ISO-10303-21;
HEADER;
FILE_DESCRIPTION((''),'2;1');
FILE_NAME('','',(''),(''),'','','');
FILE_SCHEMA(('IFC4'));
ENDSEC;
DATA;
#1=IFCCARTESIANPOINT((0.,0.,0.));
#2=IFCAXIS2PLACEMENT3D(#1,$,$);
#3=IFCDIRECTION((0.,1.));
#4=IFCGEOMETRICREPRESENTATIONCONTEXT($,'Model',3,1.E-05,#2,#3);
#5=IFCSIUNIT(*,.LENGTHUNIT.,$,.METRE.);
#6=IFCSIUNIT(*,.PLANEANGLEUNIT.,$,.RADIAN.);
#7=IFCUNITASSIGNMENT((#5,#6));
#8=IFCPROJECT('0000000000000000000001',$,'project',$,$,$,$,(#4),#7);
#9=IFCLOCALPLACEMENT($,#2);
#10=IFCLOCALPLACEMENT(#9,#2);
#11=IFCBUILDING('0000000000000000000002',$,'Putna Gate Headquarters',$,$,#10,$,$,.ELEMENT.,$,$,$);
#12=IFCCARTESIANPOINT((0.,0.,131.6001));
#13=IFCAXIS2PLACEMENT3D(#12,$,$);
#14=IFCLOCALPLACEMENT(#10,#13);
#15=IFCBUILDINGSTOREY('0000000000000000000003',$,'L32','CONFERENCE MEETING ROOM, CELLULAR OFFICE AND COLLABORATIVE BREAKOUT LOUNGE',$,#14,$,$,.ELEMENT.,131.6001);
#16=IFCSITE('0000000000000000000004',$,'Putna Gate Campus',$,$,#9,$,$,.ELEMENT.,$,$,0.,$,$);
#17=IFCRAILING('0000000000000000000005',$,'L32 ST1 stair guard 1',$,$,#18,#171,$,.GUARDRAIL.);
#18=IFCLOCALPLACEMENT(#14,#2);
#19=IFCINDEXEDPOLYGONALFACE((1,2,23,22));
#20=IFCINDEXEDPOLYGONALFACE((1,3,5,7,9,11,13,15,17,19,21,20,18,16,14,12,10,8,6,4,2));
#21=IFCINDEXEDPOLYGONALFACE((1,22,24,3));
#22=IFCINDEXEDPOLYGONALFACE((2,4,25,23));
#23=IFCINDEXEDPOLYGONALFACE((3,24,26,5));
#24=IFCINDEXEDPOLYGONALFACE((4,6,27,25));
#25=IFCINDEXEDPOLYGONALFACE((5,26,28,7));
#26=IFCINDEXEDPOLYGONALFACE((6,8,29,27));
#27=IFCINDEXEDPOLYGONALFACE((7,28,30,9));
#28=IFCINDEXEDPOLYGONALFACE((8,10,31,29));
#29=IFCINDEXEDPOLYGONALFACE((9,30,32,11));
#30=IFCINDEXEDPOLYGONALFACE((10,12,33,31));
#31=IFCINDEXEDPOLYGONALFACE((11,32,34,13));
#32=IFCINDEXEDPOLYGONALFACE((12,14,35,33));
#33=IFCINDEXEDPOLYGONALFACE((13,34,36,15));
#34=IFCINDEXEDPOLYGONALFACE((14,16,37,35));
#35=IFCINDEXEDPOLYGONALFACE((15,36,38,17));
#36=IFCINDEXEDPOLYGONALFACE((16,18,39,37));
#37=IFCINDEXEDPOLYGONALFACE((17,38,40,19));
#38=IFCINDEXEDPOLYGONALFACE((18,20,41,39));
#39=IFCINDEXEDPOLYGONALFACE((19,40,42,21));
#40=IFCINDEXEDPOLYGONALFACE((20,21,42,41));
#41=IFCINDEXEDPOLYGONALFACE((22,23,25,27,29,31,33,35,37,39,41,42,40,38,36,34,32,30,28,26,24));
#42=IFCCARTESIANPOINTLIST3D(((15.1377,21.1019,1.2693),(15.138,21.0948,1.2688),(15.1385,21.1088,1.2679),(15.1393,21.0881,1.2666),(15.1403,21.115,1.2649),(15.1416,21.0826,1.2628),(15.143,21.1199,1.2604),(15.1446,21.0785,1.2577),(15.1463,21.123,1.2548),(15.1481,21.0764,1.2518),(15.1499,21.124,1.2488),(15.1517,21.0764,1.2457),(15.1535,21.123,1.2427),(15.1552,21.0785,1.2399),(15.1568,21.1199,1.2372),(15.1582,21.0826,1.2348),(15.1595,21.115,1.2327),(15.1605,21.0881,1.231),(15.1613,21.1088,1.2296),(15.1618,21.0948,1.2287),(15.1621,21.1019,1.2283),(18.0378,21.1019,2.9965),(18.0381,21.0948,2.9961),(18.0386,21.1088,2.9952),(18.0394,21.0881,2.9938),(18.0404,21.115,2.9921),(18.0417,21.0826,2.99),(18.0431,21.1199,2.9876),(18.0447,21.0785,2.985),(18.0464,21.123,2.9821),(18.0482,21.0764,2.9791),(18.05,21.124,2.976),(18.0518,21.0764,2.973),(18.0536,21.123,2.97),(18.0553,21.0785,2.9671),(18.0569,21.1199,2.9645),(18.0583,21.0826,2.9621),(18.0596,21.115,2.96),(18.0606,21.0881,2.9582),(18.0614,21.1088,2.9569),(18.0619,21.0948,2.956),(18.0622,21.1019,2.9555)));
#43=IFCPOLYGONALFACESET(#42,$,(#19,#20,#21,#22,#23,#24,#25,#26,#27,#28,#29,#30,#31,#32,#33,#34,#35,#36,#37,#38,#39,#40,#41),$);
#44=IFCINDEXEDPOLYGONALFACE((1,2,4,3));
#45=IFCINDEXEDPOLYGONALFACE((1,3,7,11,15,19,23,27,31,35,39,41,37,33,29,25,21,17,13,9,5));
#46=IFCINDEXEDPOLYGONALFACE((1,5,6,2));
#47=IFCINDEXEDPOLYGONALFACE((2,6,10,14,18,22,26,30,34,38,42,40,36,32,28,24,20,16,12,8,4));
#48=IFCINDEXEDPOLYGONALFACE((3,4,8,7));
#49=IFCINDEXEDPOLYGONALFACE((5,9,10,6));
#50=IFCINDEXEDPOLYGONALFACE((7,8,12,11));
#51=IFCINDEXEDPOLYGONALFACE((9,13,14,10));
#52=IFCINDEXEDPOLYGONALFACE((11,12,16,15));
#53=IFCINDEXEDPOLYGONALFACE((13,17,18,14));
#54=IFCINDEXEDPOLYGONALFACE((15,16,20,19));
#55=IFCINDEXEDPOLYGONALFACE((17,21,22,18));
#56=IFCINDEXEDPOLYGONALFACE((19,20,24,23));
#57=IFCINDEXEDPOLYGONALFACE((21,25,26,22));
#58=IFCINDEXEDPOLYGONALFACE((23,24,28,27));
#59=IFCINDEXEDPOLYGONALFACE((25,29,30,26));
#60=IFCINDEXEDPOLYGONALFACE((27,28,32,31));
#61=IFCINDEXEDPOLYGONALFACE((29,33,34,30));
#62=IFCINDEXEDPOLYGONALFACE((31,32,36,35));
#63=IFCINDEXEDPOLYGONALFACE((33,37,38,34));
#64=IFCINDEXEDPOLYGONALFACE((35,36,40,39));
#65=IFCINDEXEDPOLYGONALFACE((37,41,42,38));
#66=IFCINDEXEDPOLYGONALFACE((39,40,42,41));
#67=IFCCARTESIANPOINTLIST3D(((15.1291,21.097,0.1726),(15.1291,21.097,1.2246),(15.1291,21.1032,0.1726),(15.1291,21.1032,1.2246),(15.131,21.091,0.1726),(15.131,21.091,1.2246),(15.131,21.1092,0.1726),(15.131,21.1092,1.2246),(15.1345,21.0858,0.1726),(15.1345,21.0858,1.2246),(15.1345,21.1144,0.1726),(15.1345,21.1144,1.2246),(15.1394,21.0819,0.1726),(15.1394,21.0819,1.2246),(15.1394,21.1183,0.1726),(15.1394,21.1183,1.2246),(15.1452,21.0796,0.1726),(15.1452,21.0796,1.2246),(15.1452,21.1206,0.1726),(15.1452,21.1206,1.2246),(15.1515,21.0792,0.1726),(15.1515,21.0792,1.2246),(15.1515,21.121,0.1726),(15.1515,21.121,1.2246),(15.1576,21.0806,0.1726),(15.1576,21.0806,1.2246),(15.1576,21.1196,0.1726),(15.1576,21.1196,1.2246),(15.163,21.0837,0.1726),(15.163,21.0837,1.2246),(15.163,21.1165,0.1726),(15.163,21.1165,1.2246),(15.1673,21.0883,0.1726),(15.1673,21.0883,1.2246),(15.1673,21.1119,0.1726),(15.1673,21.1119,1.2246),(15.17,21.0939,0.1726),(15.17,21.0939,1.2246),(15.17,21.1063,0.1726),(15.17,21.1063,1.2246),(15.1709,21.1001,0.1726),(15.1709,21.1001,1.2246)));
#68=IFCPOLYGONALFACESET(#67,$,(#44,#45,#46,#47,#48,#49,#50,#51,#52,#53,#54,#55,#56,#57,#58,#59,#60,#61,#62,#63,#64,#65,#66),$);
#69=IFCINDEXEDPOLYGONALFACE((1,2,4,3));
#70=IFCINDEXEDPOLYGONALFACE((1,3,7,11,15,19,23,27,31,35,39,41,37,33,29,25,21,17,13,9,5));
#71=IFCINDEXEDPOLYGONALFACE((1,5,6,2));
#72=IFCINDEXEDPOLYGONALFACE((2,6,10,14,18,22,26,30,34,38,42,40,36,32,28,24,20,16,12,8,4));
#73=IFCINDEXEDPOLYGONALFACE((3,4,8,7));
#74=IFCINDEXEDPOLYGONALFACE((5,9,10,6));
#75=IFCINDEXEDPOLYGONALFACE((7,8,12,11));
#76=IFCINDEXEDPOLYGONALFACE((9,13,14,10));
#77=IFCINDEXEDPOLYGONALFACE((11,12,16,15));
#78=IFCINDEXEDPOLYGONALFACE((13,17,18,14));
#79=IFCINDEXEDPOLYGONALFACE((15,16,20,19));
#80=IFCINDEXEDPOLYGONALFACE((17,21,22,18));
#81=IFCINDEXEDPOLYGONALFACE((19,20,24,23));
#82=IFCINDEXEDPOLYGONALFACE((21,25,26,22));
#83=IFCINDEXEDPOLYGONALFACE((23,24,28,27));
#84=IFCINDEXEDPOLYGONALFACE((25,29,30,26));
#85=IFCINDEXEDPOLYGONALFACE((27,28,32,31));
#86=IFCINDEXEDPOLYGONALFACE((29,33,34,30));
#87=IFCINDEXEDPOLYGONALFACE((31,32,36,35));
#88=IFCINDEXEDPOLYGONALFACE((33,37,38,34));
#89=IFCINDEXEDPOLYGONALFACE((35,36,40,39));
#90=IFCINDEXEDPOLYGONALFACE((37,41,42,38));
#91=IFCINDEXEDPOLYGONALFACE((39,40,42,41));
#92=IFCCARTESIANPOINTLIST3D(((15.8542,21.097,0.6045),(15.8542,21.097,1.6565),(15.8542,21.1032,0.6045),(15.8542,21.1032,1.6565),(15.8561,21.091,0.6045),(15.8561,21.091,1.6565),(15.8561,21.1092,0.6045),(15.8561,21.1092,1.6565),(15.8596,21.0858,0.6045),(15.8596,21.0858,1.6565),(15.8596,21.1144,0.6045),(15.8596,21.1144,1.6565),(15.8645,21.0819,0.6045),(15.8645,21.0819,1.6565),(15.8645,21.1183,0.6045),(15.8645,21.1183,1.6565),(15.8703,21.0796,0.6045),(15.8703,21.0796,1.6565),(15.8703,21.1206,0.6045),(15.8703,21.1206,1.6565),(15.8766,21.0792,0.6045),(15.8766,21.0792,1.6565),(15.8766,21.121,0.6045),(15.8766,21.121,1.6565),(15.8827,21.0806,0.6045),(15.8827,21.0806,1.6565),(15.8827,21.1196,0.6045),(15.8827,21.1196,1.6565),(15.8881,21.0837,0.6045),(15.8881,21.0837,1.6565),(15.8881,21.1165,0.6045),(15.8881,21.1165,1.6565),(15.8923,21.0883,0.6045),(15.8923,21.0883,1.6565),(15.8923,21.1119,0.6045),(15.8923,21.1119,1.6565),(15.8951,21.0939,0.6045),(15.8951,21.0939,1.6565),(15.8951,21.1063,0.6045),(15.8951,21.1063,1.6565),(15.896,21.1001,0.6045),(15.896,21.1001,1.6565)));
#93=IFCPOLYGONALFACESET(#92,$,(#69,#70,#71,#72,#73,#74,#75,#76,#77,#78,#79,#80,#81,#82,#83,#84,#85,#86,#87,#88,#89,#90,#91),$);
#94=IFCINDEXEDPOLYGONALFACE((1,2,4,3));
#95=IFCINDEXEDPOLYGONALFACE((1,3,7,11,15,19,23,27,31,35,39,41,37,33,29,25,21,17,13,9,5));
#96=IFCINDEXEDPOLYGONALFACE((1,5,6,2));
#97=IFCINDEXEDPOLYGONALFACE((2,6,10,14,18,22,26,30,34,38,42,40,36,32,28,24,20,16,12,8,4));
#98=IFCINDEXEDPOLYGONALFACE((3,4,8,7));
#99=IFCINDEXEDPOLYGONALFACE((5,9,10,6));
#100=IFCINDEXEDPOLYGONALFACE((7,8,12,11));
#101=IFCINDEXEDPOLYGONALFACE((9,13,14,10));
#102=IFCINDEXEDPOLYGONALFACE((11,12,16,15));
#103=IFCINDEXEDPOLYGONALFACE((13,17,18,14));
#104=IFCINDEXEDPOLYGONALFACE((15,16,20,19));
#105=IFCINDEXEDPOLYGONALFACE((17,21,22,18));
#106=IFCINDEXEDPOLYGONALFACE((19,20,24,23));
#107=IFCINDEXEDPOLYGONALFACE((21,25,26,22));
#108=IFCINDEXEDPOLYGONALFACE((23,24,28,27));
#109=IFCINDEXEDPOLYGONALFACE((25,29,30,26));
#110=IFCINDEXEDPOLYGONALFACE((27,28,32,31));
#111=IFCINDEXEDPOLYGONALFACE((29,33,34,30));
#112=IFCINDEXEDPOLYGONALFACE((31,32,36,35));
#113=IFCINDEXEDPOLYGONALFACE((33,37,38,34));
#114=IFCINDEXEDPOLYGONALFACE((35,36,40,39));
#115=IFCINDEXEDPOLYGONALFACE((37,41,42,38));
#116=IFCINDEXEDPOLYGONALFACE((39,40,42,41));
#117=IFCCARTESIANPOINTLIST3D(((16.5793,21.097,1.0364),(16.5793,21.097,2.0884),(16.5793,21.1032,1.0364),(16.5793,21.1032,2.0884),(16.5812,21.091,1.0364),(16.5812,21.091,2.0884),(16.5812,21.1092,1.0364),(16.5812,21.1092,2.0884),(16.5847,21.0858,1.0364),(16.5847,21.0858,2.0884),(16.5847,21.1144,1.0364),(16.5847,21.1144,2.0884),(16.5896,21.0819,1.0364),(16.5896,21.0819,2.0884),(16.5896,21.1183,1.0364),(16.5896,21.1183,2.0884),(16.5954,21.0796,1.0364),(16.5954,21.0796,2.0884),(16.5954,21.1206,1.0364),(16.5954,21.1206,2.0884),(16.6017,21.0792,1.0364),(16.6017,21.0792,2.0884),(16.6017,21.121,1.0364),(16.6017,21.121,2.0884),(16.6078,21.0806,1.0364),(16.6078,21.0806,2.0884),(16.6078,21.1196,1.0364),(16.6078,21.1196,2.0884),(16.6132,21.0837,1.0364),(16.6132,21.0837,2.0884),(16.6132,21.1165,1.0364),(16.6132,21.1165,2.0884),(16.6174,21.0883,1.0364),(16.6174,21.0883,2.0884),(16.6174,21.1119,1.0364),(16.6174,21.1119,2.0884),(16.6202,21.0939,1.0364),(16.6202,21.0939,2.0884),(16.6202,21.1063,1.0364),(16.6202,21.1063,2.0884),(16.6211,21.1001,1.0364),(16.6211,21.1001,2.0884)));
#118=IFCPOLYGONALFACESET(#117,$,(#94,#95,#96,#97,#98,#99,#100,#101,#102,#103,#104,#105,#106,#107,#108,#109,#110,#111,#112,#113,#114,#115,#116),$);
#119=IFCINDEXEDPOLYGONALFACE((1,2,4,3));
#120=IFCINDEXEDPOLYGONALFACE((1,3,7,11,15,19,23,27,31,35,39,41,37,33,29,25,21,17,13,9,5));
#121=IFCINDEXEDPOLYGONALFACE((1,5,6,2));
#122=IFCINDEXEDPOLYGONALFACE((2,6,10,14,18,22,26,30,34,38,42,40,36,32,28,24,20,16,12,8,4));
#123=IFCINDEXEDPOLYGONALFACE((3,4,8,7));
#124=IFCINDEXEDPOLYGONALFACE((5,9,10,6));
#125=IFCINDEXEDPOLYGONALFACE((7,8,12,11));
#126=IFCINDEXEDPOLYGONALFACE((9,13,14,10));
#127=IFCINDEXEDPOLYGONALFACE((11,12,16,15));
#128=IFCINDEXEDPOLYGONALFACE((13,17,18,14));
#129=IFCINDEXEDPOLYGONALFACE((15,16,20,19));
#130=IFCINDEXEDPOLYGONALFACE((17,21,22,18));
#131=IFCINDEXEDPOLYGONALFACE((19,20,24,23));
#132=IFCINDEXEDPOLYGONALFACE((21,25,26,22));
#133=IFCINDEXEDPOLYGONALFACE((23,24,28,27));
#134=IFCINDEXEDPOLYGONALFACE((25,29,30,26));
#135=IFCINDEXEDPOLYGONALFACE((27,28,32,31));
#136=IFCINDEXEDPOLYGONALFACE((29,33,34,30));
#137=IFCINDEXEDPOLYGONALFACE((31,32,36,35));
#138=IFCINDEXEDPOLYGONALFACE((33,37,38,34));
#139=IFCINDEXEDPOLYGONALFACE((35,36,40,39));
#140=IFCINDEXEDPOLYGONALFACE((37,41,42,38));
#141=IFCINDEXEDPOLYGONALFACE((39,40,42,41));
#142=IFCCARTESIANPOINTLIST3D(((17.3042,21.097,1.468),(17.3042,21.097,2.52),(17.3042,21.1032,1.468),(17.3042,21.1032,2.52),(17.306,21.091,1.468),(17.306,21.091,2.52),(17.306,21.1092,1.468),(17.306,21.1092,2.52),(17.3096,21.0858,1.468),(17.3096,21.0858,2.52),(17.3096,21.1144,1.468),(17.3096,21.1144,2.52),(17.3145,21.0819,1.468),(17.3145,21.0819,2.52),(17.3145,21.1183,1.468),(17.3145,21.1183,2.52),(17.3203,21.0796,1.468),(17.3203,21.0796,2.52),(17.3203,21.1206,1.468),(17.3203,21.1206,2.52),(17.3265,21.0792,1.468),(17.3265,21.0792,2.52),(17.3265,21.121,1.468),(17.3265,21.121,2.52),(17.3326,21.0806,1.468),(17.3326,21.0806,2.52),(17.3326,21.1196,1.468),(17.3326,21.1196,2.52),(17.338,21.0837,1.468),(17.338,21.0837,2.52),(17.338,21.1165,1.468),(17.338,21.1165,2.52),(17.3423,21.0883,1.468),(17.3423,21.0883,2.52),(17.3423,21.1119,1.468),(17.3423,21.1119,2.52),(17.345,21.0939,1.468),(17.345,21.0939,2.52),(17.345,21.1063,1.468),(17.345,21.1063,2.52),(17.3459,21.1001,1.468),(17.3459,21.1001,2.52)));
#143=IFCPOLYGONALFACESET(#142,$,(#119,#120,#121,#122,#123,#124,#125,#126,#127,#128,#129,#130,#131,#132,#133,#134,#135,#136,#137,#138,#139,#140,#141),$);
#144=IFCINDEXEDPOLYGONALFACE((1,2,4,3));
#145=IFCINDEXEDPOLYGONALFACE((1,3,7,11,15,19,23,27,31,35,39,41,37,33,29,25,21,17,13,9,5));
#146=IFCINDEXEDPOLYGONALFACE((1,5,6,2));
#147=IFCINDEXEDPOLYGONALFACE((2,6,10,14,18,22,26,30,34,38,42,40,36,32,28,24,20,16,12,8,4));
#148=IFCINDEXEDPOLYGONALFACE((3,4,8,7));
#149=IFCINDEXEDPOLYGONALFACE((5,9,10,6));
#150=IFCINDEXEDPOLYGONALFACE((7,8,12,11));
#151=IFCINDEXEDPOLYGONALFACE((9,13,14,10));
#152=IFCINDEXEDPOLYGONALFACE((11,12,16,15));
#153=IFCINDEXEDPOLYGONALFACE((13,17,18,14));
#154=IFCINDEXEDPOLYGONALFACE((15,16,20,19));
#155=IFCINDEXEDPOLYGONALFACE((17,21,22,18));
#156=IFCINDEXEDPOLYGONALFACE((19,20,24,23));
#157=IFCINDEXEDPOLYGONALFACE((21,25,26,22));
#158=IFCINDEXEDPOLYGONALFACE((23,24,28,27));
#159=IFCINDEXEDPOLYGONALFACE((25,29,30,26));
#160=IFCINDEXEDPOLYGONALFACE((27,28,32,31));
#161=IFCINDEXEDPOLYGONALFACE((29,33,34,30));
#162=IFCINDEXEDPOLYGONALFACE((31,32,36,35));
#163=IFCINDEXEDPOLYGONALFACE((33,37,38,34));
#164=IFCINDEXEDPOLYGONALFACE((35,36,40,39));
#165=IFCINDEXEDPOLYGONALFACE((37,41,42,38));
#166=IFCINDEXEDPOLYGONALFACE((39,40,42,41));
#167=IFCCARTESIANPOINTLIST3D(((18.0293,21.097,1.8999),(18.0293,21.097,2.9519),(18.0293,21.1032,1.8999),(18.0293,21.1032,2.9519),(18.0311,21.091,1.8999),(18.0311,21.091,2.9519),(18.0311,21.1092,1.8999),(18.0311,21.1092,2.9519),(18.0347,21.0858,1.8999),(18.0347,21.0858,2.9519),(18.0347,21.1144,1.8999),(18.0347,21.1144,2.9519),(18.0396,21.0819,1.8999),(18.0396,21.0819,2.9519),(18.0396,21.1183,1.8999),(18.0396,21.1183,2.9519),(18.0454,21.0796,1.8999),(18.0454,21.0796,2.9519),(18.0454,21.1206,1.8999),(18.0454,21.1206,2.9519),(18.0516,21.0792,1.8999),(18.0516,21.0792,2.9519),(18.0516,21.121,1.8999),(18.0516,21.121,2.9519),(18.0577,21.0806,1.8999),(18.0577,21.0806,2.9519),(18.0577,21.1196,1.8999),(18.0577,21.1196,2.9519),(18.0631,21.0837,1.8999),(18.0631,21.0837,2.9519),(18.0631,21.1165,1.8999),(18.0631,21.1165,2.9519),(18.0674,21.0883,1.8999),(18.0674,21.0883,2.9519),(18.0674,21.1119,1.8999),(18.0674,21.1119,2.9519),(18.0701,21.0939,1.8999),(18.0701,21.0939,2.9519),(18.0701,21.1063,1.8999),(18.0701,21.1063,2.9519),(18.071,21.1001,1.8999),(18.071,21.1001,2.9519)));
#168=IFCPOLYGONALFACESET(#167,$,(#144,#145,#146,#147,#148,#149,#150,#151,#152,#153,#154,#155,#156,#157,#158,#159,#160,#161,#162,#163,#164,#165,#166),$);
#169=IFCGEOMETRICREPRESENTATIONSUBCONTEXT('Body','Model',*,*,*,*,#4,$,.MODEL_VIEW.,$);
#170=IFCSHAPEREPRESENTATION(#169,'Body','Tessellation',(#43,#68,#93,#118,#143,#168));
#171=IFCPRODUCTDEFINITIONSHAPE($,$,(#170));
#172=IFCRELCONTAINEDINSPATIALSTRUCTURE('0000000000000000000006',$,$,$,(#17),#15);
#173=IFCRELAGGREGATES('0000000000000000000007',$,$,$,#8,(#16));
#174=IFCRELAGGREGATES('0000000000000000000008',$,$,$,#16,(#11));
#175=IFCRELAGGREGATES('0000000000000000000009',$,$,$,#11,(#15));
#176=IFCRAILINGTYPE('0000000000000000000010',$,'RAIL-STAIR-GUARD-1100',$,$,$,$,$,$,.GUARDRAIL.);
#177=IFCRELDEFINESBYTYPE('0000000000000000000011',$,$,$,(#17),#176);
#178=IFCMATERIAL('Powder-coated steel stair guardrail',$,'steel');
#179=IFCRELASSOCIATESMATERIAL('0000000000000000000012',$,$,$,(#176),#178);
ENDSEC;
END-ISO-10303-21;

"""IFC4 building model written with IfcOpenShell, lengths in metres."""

from ifc_helpers import new_model, si_unit, direction, frame, origin, origin_2d, place, context, subcontext, project, spatial, circle, extrude, material, type_object, element, save


model = new_model("IFC4")

# Units and contexts
model_context = context("Model", 3, precision=1e-05, world=origin(), true_north=direction((0.0, 1.0)))
body_context = subcontext(model_context, "Body", "Model", "MODEL_VIEW")
ifc_project = project(units=[si_unit("LENGTHUNIT", "METRE"), si_unit("PLANEANGLEUNIT", "RADIAN")], contexts=[model_context])

# Site, building, storey
site_placement = place(None, origin())
site = spatial("IfcSite", under=ifc_project, at=site_placement, Name="Putna Gate Campus", CompositionType="ELEMENT", RefElevation=0.0)
building_placement = place(site_placement, origin())
building = spatial("IfcBuilding", under=site, at=building_placement, Name="Putna Gate Headquarters", CompositionType="ELEMENT")
storey_placement = place(building_placement, frame((0.0, 0.0, 131.6001)))
storey = spatial("IfcBuildingStorey", under=building, at=storey_placement, Name="L32", Description="CONFERENCE MEETING ROOM, CELLULAR OFFICE AND COLLABORATIVE BREAKOUT LOUNGE", CompositionType="ELEMENT", Elevation=131.6001)

# Railing
ifc_material_1 = material(Name="Powder-coated steel stair guardrail", Category="steel")
railing_type_1 = type_object("IfcRailingType", Name="RAIL-STAIR-GUARD-1100", PredefinedType="GUARDRAIL", material=ifc_material_1)
railing_1_placement = place(storey_placement, frame((15.1499, 21.1001, 0.1726)))
element("IfcRailing", 1, at=railing_1_placement, inside=storey, type_object=railing_type_1, Name="L32 ST1 stair guard 1", PredefinedType="GUARDRAIL", context=body_context, shape_type="SweptSolid", body=[
    extrude(circle(Radius=0.0239, at=origin_2d()), frame((0.0, 0.0, 1.0762), z_axis=(0.85916, 0.0, 0.511706), x_axis=(0.0, 1.0, 0.0)), (0.0, 0.0, 1.0), 3.3755),
    extrude(circle(Radius=0.021, at=origin_2d()), origin(), (0.0, 0.0, 1.0), 1.052),
    extrude(circle(Radius=0.021, at=origin_2d()), frame((0.7251, 0.0, 0.4319)), (0.0, 0.0, 1.0), 1.052),
    extrude(circle(Radius=0.021, at=origin_2d()), frame((1.4502, 0.0, 0.8638)), (0.0, 0.0, 1.0), 1.052),
    extrude(circle(Radius=0.021, at=origin_2d()), frame((2.175, 0.0, 1.2954)), (0.0, 0.0, 1.0), 1.052),
    extrude(circle(Radius=0.021, at=origin_2d()), frame((2.9001, 0.0, 1.7273)), (0.0, 0.0, 1.0), 1.052),
])

save(model, "model.ifc")
